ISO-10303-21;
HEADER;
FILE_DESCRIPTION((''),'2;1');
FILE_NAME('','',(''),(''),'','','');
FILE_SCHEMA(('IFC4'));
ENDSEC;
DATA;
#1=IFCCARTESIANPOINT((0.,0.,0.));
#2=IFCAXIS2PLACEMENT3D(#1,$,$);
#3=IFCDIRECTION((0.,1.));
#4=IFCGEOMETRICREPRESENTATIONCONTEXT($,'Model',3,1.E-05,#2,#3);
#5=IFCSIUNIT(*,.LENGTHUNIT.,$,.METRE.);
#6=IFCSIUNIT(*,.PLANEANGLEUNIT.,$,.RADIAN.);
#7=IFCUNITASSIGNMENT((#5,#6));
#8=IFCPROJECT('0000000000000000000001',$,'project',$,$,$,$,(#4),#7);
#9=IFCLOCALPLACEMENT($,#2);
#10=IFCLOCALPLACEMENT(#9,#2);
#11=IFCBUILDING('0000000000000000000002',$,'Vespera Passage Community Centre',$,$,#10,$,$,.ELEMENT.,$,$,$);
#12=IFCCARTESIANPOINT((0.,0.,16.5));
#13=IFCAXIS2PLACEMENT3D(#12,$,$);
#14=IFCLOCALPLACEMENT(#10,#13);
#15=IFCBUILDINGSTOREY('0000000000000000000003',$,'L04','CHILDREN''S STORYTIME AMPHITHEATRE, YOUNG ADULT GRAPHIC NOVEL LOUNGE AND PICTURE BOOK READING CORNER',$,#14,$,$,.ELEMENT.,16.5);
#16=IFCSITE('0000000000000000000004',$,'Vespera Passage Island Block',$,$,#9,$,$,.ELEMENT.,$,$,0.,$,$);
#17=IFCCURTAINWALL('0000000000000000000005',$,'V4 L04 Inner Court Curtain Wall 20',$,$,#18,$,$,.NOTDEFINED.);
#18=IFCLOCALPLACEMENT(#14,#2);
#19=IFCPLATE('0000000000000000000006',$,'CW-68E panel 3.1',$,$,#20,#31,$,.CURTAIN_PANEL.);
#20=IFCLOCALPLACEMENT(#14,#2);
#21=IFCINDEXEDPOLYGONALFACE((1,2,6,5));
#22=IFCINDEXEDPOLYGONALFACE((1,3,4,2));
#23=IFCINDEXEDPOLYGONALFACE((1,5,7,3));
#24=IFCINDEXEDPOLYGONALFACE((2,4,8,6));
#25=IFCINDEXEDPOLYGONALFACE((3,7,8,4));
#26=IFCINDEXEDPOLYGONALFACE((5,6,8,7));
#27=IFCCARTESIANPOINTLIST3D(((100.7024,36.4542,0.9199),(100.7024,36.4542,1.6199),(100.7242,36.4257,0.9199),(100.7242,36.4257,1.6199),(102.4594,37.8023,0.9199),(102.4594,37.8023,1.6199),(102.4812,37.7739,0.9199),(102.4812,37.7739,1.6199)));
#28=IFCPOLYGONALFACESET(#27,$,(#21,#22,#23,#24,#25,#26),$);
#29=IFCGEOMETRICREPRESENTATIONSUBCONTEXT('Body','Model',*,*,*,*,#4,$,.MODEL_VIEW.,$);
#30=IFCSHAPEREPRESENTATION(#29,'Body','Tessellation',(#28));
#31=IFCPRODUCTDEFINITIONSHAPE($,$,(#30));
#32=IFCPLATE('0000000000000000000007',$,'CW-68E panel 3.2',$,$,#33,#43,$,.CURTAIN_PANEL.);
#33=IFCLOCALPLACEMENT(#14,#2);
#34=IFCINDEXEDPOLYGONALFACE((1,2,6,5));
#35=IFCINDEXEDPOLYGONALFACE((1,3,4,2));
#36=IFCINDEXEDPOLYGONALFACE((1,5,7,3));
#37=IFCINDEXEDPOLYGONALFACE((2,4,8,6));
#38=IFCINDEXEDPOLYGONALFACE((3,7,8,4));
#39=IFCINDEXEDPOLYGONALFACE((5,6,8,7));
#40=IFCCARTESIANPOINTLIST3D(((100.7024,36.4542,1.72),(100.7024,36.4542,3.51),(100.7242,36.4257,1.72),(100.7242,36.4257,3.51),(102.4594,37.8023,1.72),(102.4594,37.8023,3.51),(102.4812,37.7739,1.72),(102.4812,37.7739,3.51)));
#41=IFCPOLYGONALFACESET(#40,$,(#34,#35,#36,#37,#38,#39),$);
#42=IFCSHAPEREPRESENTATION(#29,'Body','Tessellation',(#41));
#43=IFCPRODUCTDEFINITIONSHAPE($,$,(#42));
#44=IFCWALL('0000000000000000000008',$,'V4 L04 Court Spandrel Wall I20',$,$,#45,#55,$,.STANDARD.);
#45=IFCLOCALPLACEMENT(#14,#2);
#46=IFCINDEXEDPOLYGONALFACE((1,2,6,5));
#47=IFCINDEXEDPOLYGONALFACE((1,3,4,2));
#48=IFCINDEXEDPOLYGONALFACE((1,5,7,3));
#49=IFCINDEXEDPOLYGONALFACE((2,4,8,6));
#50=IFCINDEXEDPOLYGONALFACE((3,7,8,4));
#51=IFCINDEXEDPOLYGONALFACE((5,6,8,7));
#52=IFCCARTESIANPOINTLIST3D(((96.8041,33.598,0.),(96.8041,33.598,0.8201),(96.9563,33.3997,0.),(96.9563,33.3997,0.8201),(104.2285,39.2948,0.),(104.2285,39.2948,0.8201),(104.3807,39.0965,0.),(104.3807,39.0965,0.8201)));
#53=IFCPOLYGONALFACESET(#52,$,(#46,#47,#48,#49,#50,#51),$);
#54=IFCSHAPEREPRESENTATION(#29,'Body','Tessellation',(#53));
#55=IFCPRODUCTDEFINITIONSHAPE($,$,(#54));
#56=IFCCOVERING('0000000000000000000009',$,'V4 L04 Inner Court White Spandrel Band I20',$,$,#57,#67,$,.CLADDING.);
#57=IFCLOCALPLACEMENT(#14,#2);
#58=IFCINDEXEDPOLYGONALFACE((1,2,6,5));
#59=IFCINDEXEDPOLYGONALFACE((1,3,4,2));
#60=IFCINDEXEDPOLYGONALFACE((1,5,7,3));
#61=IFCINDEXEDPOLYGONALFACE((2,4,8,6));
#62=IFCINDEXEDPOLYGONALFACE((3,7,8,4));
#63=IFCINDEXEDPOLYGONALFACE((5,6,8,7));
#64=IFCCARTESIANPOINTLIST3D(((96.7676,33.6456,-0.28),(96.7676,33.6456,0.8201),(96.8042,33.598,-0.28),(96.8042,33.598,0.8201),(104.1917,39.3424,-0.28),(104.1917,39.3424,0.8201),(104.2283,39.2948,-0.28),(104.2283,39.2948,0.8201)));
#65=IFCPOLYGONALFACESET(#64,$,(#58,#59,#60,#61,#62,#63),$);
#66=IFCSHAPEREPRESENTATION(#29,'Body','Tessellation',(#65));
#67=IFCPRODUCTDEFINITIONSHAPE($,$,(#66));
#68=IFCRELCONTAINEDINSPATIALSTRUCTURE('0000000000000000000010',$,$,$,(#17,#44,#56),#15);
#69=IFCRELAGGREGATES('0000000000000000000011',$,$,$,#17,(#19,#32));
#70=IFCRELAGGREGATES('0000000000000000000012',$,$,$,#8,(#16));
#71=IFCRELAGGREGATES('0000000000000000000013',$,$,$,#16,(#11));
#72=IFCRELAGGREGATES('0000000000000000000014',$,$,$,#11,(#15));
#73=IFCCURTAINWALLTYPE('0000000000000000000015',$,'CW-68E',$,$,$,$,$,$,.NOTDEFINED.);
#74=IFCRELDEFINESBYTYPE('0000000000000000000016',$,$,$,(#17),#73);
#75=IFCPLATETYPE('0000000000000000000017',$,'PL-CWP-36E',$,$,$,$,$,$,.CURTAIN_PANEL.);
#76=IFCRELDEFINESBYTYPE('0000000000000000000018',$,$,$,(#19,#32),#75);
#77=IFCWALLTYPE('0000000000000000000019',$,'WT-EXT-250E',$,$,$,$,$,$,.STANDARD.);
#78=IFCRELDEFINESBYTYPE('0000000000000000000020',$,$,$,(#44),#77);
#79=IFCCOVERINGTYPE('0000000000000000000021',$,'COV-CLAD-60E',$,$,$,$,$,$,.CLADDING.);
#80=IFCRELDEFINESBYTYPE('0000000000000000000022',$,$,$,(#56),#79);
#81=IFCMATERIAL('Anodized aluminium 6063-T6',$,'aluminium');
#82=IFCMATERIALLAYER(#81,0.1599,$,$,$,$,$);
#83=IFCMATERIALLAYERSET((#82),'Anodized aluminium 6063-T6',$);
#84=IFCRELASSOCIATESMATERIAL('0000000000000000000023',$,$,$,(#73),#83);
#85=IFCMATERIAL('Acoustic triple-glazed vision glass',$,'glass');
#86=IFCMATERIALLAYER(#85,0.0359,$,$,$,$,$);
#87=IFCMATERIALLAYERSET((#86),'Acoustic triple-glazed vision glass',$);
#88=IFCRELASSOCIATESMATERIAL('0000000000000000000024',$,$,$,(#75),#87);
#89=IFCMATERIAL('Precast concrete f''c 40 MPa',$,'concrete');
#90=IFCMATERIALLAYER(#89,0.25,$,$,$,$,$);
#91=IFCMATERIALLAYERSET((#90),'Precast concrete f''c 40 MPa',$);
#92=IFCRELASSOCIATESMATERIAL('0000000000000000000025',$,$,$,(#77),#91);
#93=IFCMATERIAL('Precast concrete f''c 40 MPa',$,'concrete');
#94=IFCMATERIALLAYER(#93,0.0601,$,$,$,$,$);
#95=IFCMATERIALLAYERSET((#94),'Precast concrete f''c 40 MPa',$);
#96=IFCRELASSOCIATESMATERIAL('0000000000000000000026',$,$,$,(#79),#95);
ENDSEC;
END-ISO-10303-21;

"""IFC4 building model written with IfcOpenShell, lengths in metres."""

from ifc_helpers import new_model, si_unit, direction, frame, frame_2d, origin, origin_2d, place, context, subcontext, project, spatial, rectangle, extrude, material, layer, layer_set, type_object, element, aggregate, save


model = new_model("IFC4")

# Units and contexts
model_context = context("Model", 3, precision=1e-05, world=origin(), true_north=direction((0.0, 1.0)))
body_context = subcontext(model_context, "Body", "Model", "MODEL_VIEW")
ifc_project = project(units=[si_unit("LENGTHUNIT", "METRE"), si_unit("PLANEANGLEUNIT", "RADIAN")], contexts=[model_context])

# Site, building, storey
site_placement = place(None, origin())
site = spatial("IfcSite", under=ifc_project, at=site_placement, Name="Vespera Passage Island Block", CompositionType="ELEMENT", RefElevation=0.0)
building_placement = place(site_placement, origin())
building = spatial("IfcBuilding", under=site, at=building_placement, Name="Vespera Passage Community Centre", CompositionType="ELEMENT")
storey_placement = place(building_placement, frame((0.0, 0.0, 16.5)))
storey = spatial("IfcBuildingStorey", under=building, at=storey_placement, Name="L04", Description="CHILDREN'S STORYTIME AMPHITHEATRE, YOUNG ADULT GRAPHIC NOVEL LOUNGE AND PICTURE BOOK READING CORNER", CompositionType="ELEMENT", Elevation=16.5)

# Curtain wall, plates
ifc_material_1 = material(Name="Anodized aluminium 6063-T6", Category="aluminium")
ifc_layer_1 = layer(ifc_material_1, 0.1599)
ifc_layer_set_1 = layer_set([ifc_layer_1], Name="Anodized aluminium 6063-T6")
curtain_wall_type = type_object("IfcCurtainWallType", Name="CW-68E", PredefinedType="NOTDEFINED", material=ifc_layer_set_1)
curtain_wall_placement = place(storey_placement, origin())
curtain_wall = element("IfcCurtainWall", 1, at=curtain_wall_placement, inside=storey, type_object=curtain_wall_type, Name="V4 L04 Inner Court Curtain Wall 20", PredefinedType="NOTDEFINED")
ifc_material_2 = material(Name="Acoustic triple-glazed vision glass", Category="glass")
ifc_layer_2 = layer(ifc_material_2, 0.0359)
ifc_layer_set_2 = layer_set([ifc_layer_2], Name="Acoustic triple-glazed vision glass")
plate_type = type_object("IfcPlateType", Name="PL-CWP-36E", PredefinedType="CURTAIN_PANEL", material=ifc_layer_set_2)
plate_1_placement = place(storey_placement, frame((101.5918, 37.114, 0.9199), z_axis=(0.0, 0.0, 1.0), x_axis=(0.793358, 0.608755, 0.0)))
plate_1 = element("IfcPlate", 2, at=plate_1_placement, type_object=plate_type, Name="CW-68E panel 3.1", PredefinedType="CURTAIN_PANEL", context=body_context, shape_type="SweptSolid", body=[
    extrude(rectangle(XDim=2.2146, YDim=0.0359, at=origin_2d()), origin(), (0.0, 0.0, 1.0), 0.7),
])
plate_2_placement = place(storey_placement, frame((101.5918, 37.114, 1.72), z_axis=(0.0, 0.0, 1.0), x_axis=(0.793358, 0.608755, 0.0)))
plate_2 = element("IfcPlate", 3, at=plate_2_placement, type_object=plate_type, Name="CW-68E panel 3.2", PredefinedType="CURTAIN_PANEL", context=body_context, shape_type="SweptSolid", body=[
    extrude(rectangle(XDim=2.2146, YDim=0.0359, at=origin_2d()), origin(), (0.0, 0.0, 1.0), 1.79),
])
aggregate(curtain_wall, [plate_1, plate_2])

# Wall
ifc_material_3 = material(Name="Precast concrete f'c 40 MPa", Category="concrete")
ifc_layer_3 = layer(ifc_material_3, 0.25)
ifc_layer_set_3 = layer_set([ifc_layer_3], Name="Precast concrete f'c 40 MPa")
wall_type = type_object("IfcWallType", Name="WT-EXT-250E", PredefinedType="STANDARD", material=ifc_layer_set_3)
wall_placement = place(storey_placement, frame((96.8801, 33.4988, 0.0), z_axis=(0.0, 0.0, 1.0), x_axis=(0.793359, 0.608755, 0.0)))
element("IfcWall", 4, at=wall_placement, inside=storey, type_object=wall_type, Name="V4 L04 Court Spandrel Wall I20", PredefinedType="STANDARD", context=body_context, shape_type="SweptSolid", body=[
    extrude(rectangle(XDim=9.3582, YDim=0.25, at=frame_2d((4.6792, 0.0))), origin(), (0.0, 0.0, 1.0), 0.8201),
])

# Covering
ifc_material_4 = material(Name="Precast concrete f'c 40 MPa", Category="concrete")
ifc_layer_4 = layer(ifc_material_4, 0.0601)
ifc_layer_set_4 = layer_set([ifc_layer_4], Name="Precast concrete f'c 40 MPa")
covering_type = type_object("IfcCoveringType", Name="COV-CLAD-60E", PredefinedType="CLADDING", material=ifc_layer_set_4)
covering_placement = place(storey_placement, frame((96.7859, 33.6218, -0.28), z_axis=(0.0, 0.0, 1.0), x_axis=(0.793349, 0.608767, 0.0)))
element("IfcCovering", 5, at=covering_placement, inside=storey, type_object=covering_type, Name="V4 L04 Inner Court White Spandrel Band I20", PredefinedType="CLADDING", context=body_context, shape_type="SweptSolid", body=[
    extrude(rectangle(XDim=9.3579, YDim=0.0601, at=frame_2d((4.679, 0.0))), origin(), (0.0, 0.0, 1.0), 1.1001),
])

save(model, "model.ifc")
